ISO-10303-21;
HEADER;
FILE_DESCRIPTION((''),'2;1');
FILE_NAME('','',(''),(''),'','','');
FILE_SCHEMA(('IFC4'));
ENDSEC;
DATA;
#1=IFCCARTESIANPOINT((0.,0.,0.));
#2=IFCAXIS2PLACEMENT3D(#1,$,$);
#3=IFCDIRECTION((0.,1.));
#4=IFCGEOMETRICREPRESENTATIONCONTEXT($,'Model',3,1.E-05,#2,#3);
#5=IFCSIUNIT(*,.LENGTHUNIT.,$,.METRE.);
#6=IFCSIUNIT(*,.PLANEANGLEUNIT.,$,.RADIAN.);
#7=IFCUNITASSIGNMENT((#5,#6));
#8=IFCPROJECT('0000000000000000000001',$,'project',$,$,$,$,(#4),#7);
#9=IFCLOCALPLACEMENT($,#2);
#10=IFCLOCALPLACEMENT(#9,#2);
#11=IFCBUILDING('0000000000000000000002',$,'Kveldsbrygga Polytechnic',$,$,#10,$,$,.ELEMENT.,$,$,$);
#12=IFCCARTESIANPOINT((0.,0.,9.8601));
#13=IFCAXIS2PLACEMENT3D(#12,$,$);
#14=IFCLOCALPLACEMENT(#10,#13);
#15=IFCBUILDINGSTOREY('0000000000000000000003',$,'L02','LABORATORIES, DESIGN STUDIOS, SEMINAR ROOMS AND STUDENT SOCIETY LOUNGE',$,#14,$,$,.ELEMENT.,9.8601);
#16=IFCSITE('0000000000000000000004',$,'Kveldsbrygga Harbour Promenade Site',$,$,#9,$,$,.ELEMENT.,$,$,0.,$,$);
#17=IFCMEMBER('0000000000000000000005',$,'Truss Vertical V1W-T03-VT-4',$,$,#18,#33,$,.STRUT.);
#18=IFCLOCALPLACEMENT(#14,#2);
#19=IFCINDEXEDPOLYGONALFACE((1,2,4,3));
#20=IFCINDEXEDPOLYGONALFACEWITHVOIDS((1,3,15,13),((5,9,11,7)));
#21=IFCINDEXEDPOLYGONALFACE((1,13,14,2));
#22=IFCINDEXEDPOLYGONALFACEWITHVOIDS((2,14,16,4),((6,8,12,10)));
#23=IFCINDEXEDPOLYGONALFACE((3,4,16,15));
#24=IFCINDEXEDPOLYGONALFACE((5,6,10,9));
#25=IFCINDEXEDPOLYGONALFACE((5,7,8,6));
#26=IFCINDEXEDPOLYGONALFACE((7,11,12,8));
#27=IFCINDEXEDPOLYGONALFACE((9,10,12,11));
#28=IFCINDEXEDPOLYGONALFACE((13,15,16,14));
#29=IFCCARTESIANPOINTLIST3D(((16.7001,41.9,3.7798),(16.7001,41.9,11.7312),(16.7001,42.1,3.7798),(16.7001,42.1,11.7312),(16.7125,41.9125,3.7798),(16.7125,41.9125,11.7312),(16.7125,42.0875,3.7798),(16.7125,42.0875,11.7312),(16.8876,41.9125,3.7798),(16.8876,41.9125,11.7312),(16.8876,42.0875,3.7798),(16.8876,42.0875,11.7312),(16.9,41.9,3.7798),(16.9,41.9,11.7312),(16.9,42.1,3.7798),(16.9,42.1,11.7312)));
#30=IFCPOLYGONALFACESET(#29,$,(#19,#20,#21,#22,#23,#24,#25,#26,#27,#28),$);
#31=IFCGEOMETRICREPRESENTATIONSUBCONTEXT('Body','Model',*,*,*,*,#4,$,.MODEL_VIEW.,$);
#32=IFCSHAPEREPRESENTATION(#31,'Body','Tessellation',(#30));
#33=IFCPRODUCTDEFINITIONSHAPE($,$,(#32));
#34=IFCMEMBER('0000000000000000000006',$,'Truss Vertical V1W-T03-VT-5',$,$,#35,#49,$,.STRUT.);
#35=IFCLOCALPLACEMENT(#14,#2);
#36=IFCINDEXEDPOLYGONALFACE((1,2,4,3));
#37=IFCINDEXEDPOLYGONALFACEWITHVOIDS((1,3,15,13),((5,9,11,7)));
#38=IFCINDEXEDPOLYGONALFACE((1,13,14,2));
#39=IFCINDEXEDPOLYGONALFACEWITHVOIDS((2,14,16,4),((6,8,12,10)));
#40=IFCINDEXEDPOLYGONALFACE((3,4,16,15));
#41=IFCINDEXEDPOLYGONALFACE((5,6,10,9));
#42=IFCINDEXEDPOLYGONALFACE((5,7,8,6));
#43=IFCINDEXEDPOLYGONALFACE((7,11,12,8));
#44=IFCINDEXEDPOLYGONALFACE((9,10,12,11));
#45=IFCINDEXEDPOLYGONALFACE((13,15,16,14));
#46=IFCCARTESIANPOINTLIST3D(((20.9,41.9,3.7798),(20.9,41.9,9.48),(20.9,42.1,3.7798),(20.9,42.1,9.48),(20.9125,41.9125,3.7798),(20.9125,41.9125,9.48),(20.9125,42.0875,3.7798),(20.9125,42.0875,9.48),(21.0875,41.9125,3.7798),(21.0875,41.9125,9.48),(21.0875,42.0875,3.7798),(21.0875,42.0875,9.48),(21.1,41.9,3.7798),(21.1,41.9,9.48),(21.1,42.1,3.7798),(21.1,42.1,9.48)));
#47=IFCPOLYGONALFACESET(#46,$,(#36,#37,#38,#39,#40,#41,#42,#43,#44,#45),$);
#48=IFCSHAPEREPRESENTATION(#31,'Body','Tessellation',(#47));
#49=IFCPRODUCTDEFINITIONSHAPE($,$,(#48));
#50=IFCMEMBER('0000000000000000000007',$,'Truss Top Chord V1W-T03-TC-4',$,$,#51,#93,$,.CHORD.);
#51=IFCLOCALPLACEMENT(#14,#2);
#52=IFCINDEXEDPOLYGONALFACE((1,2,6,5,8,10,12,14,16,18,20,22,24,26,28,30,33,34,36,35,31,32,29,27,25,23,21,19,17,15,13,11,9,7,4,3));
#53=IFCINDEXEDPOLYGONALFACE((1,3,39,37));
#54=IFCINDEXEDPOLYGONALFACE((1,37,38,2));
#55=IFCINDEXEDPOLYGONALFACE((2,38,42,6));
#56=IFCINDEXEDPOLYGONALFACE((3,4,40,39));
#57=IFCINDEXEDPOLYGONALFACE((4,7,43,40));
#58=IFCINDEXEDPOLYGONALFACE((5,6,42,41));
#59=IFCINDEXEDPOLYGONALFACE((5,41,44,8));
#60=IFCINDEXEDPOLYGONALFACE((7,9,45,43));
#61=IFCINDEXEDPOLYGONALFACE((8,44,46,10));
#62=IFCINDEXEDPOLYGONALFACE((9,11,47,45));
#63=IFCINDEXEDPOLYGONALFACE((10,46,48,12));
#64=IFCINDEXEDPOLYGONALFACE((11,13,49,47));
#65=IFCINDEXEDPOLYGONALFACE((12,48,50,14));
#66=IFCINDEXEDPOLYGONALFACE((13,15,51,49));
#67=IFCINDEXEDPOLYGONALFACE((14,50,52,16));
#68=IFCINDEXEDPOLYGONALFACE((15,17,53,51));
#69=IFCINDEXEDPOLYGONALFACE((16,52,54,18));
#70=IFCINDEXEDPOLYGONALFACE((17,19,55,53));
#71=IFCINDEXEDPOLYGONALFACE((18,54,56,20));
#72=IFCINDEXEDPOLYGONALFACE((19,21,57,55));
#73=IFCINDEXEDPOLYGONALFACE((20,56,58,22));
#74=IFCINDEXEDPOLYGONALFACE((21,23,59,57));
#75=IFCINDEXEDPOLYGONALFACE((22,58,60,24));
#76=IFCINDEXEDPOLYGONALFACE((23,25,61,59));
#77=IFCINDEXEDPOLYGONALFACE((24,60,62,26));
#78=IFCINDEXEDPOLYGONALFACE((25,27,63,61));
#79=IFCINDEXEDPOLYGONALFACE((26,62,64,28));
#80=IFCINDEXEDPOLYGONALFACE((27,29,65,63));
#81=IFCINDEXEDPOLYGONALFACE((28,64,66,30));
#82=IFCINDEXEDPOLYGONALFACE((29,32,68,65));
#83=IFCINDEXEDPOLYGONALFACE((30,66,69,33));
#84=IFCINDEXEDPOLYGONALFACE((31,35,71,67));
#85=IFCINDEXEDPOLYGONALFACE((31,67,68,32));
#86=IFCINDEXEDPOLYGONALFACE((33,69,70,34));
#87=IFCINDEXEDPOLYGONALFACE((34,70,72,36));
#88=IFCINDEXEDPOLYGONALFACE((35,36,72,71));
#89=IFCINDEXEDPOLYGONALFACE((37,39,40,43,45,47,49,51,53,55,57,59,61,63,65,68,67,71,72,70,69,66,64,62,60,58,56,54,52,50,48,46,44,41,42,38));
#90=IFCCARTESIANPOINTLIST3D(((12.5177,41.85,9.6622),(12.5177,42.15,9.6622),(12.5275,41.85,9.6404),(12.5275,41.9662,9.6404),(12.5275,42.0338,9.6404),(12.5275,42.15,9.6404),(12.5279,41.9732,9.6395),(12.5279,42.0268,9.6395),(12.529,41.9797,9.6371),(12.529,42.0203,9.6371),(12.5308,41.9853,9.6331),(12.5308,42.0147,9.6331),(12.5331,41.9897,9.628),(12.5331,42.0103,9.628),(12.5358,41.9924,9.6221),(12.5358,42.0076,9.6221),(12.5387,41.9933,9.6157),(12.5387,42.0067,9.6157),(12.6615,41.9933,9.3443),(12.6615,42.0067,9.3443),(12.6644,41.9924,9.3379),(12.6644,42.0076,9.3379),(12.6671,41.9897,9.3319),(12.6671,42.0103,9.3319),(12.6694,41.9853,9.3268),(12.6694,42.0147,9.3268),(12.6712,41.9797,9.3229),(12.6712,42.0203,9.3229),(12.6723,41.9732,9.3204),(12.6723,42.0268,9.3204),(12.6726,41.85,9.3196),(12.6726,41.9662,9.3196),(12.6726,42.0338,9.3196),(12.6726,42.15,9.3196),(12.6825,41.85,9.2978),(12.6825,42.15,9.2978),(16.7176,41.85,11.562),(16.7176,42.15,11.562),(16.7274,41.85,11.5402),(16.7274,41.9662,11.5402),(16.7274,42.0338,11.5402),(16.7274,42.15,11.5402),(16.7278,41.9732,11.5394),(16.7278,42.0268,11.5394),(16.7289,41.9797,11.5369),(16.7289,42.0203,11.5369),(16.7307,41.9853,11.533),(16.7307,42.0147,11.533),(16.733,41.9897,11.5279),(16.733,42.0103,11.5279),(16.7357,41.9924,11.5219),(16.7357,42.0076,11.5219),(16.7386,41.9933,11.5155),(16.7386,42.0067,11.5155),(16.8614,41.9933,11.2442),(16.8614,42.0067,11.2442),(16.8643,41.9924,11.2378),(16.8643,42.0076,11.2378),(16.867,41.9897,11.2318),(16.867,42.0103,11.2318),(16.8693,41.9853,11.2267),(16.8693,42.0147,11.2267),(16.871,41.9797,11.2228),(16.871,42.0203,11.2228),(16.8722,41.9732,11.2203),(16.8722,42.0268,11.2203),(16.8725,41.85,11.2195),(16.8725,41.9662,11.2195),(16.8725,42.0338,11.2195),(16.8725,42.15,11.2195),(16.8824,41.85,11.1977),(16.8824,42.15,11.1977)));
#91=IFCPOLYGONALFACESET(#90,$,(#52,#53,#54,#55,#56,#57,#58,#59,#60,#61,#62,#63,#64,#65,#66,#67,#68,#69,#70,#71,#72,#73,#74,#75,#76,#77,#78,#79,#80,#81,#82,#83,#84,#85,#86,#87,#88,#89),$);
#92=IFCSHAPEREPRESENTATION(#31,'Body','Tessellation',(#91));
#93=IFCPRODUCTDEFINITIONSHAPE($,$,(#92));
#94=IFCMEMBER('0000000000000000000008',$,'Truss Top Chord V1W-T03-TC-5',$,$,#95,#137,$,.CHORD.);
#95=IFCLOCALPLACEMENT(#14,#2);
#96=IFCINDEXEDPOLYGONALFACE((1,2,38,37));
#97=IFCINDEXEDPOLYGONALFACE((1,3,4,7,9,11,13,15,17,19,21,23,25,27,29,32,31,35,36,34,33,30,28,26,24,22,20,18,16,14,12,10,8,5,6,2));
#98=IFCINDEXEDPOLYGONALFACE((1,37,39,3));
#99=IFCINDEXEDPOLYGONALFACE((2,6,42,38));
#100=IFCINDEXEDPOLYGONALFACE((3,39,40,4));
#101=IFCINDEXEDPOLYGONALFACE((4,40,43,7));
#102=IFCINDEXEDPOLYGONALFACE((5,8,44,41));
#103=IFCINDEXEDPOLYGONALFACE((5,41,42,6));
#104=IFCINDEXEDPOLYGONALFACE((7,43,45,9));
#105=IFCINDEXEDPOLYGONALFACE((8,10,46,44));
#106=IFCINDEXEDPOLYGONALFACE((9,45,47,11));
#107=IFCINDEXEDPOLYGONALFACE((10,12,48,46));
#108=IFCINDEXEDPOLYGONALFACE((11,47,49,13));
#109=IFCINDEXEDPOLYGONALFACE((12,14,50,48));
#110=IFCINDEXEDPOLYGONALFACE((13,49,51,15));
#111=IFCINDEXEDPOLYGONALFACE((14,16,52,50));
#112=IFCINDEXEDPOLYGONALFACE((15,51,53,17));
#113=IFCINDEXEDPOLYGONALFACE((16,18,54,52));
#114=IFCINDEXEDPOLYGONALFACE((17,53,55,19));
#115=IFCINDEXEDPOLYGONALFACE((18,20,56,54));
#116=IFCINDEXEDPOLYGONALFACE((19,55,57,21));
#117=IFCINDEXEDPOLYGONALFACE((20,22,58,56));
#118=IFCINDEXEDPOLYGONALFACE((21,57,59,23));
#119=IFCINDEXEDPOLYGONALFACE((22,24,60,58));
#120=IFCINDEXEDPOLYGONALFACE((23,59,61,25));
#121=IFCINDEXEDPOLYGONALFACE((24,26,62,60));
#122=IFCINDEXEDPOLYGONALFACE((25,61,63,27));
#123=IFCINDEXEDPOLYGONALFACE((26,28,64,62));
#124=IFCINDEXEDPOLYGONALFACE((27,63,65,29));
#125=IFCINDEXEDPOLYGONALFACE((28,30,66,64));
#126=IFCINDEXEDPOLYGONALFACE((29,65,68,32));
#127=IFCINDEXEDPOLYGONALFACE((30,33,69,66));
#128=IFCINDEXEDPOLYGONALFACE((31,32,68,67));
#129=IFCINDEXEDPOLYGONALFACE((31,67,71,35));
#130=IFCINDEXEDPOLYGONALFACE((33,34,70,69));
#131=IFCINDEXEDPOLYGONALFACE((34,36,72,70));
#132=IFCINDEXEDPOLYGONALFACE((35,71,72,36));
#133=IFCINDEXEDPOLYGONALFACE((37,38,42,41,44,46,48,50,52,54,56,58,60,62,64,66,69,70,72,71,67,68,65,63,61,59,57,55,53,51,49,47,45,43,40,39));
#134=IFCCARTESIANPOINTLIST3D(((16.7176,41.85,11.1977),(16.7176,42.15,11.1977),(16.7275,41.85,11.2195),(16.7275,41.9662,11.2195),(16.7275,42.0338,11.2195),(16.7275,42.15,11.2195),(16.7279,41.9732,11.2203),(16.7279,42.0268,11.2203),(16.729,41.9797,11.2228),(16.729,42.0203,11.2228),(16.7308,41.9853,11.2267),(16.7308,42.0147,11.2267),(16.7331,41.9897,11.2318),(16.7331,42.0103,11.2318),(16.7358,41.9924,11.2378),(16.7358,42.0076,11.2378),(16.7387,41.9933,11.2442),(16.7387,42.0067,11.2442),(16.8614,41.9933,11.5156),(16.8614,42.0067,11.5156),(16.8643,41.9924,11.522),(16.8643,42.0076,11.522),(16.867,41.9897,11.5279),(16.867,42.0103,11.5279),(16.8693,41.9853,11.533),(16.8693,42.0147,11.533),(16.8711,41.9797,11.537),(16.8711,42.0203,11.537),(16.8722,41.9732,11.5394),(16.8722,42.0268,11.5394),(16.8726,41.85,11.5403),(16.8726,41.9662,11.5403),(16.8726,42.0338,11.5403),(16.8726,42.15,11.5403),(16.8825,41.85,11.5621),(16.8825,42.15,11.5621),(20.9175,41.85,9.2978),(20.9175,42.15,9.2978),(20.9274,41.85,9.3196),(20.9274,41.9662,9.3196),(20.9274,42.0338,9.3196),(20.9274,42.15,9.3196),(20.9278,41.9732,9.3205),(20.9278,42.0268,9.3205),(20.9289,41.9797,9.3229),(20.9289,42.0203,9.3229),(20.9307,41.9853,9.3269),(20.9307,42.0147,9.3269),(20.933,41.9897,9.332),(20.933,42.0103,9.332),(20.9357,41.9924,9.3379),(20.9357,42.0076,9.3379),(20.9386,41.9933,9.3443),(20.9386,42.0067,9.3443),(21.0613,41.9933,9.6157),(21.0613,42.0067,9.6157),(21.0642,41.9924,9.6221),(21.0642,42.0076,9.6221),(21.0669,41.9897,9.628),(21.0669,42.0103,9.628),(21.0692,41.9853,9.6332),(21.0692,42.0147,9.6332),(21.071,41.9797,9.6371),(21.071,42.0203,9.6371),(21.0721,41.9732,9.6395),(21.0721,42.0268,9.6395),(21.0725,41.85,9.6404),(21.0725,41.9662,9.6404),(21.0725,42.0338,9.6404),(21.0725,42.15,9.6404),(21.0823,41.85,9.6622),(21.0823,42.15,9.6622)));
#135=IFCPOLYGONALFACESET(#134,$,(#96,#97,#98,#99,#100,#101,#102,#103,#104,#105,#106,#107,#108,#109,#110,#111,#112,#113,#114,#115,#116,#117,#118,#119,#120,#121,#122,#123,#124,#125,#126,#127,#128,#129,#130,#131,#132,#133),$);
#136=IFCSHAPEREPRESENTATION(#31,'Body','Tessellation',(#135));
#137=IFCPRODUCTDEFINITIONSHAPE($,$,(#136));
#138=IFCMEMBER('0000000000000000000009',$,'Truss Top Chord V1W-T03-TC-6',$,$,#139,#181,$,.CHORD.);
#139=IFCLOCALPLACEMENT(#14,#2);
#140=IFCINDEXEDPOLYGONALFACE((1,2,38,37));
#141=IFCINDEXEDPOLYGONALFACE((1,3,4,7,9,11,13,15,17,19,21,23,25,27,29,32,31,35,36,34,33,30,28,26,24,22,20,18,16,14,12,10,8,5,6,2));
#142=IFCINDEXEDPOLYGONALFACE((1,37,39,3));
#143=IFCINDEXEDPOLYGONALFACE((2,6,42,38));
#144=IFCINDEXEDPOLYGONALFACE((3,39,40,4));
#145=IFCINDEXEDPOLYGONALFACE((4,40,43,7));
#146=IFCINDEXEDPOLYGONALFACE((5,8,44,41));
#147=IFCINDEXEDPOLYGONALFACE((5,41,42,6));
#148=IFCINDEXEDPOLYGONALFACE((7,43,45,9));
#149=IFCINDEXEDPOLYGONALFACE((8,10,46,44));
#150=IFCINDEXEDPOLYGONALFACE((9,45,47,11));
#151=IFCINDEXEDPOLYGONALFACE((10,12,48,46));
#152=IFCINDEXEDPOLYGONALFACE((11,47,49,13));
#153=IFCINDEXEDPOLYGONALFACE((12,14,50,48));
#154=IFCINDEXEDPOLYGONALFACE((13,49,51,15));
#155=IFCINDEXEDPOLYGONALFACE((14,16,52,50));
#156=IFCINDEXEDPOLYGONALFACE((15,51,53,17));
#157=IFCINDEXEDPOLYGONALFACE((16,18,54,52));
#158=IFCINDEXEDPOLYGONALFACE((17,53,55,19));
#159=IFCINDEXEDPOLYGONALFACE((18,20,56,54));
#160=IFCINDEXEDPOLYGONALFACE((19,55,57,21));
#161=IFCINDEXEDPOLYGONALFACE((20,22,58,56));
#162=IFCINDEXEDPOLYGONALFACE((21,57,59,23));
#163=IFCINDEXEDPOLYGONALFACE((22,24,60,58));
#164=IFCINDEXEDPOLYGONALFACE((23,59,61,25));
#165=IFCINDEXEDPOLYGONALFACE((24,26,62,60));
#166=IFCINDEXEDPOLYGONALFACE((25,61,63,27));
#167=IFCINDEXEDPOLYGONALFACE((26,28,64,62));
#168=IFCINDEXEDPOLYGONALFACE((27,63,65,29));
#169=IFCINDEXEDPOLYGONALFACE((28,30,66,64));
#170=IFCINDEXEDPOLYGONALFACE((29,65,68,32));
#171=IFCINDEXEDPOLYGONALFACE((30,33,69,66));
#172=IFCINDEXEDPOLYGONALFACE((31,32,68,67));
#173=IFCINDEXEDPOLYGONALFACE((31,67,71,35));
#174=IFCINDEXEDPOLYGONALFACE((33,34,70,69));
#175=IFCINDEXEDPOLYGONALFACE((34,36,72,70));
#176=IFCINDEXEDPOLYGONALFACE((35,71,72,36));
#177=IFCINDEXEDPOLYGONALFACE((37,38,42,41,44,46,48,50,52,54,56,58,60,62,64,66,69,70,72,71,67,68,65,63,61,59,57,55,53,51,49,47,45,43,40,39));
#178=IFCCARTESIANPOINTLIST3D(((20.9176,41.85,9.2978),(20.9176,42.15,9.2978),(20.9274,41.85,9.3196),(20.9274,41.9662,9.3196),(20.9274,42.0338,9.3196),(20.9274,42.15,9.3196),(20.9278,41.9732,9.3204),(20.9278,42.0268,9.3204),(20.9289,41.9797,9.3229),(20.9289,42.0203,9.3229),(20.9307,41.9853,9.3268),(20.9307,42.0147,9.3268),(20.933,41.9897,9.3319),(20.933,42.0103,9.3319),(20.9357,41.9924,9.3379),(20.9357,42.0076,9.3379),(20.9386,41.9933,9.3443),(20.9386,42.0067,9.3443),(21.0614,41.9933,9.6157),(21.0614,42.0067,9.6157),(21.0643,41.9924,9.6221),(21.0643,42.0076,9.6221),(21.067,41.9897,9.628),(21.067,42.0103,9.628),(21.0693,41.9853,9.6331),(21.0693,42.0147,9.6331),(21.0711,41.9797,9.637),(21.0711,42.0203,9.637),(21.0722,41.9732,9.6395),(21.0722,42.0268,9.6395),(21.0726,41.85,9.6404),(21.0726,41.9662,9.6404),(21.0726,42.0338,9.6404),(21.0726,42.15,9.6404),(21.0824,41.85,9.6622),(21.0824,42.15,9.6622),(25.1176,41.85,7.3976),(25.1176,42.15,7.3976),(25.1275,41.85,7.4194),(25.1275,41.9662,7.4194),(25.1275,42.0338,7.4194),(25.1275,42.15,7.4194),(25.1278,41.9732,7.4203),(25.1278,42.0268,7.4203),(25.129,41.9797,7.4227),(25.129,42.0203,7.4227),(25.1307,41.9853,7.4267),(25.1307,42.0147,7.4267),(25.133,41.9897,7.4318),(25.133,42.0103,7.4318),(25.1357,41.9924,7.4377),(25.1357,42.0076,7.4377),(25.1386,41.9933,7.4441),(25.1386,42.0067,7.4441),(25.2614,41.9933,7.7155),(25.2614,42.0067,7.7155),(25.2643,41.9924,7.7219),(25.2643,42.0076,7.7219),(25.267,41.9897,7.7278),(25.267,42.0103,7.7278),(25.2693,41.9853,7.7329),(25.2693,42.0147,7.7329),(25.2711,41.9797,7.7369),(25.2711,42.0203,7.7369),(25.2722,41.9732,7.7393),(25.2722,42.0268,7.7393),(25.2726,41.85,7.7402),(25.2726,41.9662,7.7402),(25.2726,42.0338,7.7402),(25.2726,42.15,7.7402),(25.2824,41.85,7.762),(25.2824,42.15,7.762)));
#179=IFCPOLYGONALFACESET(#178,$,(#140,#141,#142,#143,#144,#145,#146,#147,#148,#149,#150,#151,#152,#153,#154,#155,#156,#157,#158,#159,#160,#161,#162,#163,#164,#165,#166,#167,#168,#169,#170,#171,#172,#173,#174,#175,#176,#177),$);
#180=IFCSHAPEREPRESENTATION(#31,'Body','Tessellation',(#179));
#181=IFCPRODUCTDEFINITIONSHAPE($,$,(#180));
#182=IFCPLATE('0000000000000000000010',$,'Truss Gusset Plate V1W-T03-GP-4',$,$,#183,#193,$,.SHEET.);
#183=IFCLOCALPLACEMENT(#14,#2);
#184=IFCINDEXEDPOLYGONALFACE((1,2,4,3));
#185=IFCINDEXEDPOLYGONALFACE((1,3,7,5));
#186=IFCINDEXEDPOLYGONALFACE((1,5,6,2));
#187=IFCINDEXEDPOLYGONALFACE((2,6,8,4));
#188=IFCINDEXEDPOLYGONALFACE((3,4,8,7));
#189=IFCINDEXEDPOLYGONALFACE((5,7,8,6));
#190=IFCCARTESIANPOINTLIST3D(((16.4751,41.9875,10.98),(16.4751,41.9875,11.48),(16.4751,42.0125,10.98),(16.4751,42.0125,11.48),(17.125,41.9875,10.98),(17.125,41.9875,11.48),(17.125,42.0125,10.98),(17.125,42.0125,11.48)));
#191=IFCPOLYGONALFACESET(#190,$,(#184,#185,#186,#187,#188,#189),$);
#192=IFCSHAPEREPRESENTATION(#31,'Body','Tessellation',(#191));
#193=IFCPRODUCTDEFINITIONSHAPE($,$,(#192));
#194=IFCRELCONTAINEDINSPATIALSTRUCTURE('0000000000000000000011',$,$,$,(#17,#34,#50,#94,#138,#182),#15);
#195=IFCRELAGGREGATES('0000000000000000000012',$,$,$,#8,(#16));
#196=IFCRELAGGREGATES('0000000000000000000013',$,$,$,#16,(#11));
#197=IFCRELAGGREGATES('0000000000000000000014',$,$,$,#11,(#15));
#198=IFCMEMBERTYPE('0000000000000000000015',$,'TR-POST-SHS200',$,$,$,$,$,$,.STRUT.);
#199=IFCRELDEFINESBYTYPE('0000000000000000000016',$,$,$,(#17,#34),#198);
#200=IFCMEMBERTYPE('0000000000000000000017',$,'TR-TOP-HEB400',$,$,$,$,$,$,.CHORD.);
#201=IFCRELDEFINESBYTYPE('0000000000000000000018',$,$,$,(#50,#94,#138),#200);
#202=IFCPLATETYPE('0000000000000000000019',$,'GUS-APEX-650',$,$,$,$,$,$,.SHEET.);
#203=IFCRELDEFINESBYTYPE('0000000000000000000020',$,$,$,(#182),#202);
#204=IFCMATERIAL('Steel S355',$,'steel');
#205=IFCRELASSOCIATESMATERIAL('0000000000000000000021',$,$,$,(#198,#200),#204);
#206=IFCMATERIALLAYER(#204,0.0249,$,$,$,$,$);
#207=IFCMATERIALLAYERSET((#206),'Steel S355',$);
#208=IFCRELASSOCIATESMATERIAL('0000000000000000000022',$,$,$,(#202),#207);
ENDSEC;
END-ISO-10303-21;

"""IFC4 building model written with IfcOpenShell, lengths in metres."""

from ifc_helpers import new_model, si_unit, direction, frame, origin, origin_2d, place, context, subcontext, project, spatial, rectangle, hollow_rectangle, i_section, extrude, material, layer, layer_set, material_profile, profile_set, type_object, element, save


model = new_model("IFC4")

# Units and contexts
model_context = context("Model", 3, precision=1e-05, world=origin(), true_north=direction((0.0, 1.0)))
body_context = subcontext(model_context, "Body", "Model", "MODEL_VIEW")
ifc_project = project(units=[si_unit("LENGTHUNIT", "METRE"), si_unit("PLANEANGLEUNIT", "RADIAN")], contexts=[model_context])

# Site, building, storey
site_placement = place(None, origin())
site = spatial("IfcSite", under=ifc_project, at=site_placement, Name="Kveldsbrygga Harbour Promenade Site", CompositionType="ELEMENT", RefElevation=0.0)
building_placement = place(site_placement, origin())
building = spatial("IfcBuilding", under=site, at=building_placement, Name="Kveldsbrygga Polytechnic", CompositionType="ELEMENT")
storey_placement = place(building_placement, frame((0.0, 0.0, 9.8601)))
storey = spatial("IfcBuildingStorey", under=building, at=storey_placement, Name="L02", Description="LABORATORIES, DESIGN STUDIOS, SEMINAR ROOMS AND STUDENT SOCIETY LOUNGE", CompositionType="ELEMENT", Elevation=9.8601)

# Members
ifc_material_1 = material(Name="Steel S355", Category="steel")
ifc_material_profile_1 = material_profile(ifc_material_1, hollow_rectangle(XDim=0.2, YDim=0.2, WallThickness=0.0125, at=origin_2d()), Name="SHS 200x200x12.5")
ifc_profile_set_1 = profile_set([ifc_material_profile_1], Name="Steel S355")
member_type_1 = type_object("IfcMemberType", Name="TR-POST-SHS200", PredefinedType="STRUT", material=ifc_profile_set_1)
member_1_placement = place(storey_placement, frame((16.8, 42.0, 3.7798), z_axis=(0.0, 0.0, 1.0), x_axis=(1.0, 0.0, 0.0)))
element("IfcMember", 1, at=member_1_placement, inside=storey, type_object=member_type_1, Name="Truss Vertical V1W-T03-VT-4", PredefinedType="STRUT", context=body_context, shape_type="SweptSolid", body=[
    extrude(hollow_rectangle(XDim=0.2, YDim=0.2, WallThickness=0.0125, at=origin_2d()), origin(), (0.0, 0.0, 1.0), 7.9514),
])
member_2_placement = place(storey_placement, frame((21.0, 42.0, 3.7798), z_axis=(0.0, 0.0, 1.0), x_axis=(1.0, 0.0, 0.0)))
element("IfcMember", 2, at=member_2_placement, inside=storey, type_object=member_type_1, Name="Truss Vertical V1W-T03-VT-5", PredefinedType="STRUT", context=body_context, shape_type="SweptSolid", body=[
    extrude(hollow_rectangle(XDim=0.2, YDim=0.2, WallThickness=0.0125, at=origin_2d()), origin(), (0.0, 0.0, 1.0), 5.7002),
])
ifc_material_profile_2 = material_profile(ifc_material_1, i_section(OverallWidth=0.3, OverallDepth=0.3999, WebThickness=0.0134, FlangeThickness=0.0239, FilletRadius=0.0271, at=origin_2d()), Name="HEB 400")
ifc_profile_set_2 = profile_set([ifc_material_profile_2], Name="Steel S355")
member_type_2 = type_object("IfcMemberType", Name="TR-TOP-HEB400", PredefinedType="CHORD", material=ifc_profile_set_2)
for number, where, z_axis, x_axis, name in (
    (3, (12.6001, 42.0, 9.48), (0.911114, 0.0, 0.412154), (0.0, 1.0, 0.0), "Truss Top Chord V1W-T03-TC-4"),
    (4, (16.8, 42.0, 11.3799), (0.911114, 0.0, -0.412154), (0.0, 1.0, 0.0), "Truss Top Chord V1W-T03-TC-5"),
):
    element("IfcMember", number, at=place(storey_placement, frame(where, z_axis=z_axis, x_axis=x_axis)), inside=storey, type_object=member_type_2, Name=name, PredefinedType="CHORD", context=body_context, shape_type="SweptSolid", body=[
        extrude(i_section(OverallWidth=0.3, OverallDepth=0.3999, WebThickness=0.0134, FlangeThickness=0.0239, FilletRadius=0.0271, at=origin_2d()), origin(), (0.0, 0.0, 1.0), 4.6096),
    ])
member_3_placement = place(storey_placement, frame((21.0, 42.0, 9.48), z_axis=(0.911094, 0.0, -0.412198), x_axis=(0.0, 1.0, 0.0)))
element("IfcMember", 5, at=member_3_placement, inside=storey, type_object=member_type_2, Name="Truss Top Chord V1W-T03-TC-6", PredefinedType="CHORD", context=body_context, shape_type="SweptSolid", body=[
    extrude(i_section(OverallWidth=0.3, OverallDepth=0.3999, WebThickness=0.0134, FlangeThickness=0.0239, FilletRadius=0.0271, at=origin_2d()), origin(), (0.0, 0.0, 1.0), 4.6099),
])

# Plate
ifc_layer_1 = layer(ifc_material_1, 0.0249)
ifc_layer_set_1 = layer_set([ifc_layer_1], Name="Steel S355")
plate_type_1 = type_object("IfcPlateType", Name="GUS-APEX-650", PredefinedType="SHEET", material=ifc_layer_set_1)
plate_placement = place(storey_placement, frame((16.8, 42.0, 10.98), z_axis=(0.0, 0.0, 1.0), x_axis=(1.0, 0.0, 0.0)))
element("IfcPlate", 6, at=plate_placement, inside=storey, type_object=plate_type_1, Name="Truss Gusset Plate V1W-T03-GP-4", PredefinedType="SHEET", context=body_context, shape_type="SweptSolid", body=[
    extrude(rectangle(XDim=0.6499, YDim=0.0249, at=origin_2d()), origin(), (0.0, 0.0, 1.0), 0.5),
])

save(model, "model.ifc")
